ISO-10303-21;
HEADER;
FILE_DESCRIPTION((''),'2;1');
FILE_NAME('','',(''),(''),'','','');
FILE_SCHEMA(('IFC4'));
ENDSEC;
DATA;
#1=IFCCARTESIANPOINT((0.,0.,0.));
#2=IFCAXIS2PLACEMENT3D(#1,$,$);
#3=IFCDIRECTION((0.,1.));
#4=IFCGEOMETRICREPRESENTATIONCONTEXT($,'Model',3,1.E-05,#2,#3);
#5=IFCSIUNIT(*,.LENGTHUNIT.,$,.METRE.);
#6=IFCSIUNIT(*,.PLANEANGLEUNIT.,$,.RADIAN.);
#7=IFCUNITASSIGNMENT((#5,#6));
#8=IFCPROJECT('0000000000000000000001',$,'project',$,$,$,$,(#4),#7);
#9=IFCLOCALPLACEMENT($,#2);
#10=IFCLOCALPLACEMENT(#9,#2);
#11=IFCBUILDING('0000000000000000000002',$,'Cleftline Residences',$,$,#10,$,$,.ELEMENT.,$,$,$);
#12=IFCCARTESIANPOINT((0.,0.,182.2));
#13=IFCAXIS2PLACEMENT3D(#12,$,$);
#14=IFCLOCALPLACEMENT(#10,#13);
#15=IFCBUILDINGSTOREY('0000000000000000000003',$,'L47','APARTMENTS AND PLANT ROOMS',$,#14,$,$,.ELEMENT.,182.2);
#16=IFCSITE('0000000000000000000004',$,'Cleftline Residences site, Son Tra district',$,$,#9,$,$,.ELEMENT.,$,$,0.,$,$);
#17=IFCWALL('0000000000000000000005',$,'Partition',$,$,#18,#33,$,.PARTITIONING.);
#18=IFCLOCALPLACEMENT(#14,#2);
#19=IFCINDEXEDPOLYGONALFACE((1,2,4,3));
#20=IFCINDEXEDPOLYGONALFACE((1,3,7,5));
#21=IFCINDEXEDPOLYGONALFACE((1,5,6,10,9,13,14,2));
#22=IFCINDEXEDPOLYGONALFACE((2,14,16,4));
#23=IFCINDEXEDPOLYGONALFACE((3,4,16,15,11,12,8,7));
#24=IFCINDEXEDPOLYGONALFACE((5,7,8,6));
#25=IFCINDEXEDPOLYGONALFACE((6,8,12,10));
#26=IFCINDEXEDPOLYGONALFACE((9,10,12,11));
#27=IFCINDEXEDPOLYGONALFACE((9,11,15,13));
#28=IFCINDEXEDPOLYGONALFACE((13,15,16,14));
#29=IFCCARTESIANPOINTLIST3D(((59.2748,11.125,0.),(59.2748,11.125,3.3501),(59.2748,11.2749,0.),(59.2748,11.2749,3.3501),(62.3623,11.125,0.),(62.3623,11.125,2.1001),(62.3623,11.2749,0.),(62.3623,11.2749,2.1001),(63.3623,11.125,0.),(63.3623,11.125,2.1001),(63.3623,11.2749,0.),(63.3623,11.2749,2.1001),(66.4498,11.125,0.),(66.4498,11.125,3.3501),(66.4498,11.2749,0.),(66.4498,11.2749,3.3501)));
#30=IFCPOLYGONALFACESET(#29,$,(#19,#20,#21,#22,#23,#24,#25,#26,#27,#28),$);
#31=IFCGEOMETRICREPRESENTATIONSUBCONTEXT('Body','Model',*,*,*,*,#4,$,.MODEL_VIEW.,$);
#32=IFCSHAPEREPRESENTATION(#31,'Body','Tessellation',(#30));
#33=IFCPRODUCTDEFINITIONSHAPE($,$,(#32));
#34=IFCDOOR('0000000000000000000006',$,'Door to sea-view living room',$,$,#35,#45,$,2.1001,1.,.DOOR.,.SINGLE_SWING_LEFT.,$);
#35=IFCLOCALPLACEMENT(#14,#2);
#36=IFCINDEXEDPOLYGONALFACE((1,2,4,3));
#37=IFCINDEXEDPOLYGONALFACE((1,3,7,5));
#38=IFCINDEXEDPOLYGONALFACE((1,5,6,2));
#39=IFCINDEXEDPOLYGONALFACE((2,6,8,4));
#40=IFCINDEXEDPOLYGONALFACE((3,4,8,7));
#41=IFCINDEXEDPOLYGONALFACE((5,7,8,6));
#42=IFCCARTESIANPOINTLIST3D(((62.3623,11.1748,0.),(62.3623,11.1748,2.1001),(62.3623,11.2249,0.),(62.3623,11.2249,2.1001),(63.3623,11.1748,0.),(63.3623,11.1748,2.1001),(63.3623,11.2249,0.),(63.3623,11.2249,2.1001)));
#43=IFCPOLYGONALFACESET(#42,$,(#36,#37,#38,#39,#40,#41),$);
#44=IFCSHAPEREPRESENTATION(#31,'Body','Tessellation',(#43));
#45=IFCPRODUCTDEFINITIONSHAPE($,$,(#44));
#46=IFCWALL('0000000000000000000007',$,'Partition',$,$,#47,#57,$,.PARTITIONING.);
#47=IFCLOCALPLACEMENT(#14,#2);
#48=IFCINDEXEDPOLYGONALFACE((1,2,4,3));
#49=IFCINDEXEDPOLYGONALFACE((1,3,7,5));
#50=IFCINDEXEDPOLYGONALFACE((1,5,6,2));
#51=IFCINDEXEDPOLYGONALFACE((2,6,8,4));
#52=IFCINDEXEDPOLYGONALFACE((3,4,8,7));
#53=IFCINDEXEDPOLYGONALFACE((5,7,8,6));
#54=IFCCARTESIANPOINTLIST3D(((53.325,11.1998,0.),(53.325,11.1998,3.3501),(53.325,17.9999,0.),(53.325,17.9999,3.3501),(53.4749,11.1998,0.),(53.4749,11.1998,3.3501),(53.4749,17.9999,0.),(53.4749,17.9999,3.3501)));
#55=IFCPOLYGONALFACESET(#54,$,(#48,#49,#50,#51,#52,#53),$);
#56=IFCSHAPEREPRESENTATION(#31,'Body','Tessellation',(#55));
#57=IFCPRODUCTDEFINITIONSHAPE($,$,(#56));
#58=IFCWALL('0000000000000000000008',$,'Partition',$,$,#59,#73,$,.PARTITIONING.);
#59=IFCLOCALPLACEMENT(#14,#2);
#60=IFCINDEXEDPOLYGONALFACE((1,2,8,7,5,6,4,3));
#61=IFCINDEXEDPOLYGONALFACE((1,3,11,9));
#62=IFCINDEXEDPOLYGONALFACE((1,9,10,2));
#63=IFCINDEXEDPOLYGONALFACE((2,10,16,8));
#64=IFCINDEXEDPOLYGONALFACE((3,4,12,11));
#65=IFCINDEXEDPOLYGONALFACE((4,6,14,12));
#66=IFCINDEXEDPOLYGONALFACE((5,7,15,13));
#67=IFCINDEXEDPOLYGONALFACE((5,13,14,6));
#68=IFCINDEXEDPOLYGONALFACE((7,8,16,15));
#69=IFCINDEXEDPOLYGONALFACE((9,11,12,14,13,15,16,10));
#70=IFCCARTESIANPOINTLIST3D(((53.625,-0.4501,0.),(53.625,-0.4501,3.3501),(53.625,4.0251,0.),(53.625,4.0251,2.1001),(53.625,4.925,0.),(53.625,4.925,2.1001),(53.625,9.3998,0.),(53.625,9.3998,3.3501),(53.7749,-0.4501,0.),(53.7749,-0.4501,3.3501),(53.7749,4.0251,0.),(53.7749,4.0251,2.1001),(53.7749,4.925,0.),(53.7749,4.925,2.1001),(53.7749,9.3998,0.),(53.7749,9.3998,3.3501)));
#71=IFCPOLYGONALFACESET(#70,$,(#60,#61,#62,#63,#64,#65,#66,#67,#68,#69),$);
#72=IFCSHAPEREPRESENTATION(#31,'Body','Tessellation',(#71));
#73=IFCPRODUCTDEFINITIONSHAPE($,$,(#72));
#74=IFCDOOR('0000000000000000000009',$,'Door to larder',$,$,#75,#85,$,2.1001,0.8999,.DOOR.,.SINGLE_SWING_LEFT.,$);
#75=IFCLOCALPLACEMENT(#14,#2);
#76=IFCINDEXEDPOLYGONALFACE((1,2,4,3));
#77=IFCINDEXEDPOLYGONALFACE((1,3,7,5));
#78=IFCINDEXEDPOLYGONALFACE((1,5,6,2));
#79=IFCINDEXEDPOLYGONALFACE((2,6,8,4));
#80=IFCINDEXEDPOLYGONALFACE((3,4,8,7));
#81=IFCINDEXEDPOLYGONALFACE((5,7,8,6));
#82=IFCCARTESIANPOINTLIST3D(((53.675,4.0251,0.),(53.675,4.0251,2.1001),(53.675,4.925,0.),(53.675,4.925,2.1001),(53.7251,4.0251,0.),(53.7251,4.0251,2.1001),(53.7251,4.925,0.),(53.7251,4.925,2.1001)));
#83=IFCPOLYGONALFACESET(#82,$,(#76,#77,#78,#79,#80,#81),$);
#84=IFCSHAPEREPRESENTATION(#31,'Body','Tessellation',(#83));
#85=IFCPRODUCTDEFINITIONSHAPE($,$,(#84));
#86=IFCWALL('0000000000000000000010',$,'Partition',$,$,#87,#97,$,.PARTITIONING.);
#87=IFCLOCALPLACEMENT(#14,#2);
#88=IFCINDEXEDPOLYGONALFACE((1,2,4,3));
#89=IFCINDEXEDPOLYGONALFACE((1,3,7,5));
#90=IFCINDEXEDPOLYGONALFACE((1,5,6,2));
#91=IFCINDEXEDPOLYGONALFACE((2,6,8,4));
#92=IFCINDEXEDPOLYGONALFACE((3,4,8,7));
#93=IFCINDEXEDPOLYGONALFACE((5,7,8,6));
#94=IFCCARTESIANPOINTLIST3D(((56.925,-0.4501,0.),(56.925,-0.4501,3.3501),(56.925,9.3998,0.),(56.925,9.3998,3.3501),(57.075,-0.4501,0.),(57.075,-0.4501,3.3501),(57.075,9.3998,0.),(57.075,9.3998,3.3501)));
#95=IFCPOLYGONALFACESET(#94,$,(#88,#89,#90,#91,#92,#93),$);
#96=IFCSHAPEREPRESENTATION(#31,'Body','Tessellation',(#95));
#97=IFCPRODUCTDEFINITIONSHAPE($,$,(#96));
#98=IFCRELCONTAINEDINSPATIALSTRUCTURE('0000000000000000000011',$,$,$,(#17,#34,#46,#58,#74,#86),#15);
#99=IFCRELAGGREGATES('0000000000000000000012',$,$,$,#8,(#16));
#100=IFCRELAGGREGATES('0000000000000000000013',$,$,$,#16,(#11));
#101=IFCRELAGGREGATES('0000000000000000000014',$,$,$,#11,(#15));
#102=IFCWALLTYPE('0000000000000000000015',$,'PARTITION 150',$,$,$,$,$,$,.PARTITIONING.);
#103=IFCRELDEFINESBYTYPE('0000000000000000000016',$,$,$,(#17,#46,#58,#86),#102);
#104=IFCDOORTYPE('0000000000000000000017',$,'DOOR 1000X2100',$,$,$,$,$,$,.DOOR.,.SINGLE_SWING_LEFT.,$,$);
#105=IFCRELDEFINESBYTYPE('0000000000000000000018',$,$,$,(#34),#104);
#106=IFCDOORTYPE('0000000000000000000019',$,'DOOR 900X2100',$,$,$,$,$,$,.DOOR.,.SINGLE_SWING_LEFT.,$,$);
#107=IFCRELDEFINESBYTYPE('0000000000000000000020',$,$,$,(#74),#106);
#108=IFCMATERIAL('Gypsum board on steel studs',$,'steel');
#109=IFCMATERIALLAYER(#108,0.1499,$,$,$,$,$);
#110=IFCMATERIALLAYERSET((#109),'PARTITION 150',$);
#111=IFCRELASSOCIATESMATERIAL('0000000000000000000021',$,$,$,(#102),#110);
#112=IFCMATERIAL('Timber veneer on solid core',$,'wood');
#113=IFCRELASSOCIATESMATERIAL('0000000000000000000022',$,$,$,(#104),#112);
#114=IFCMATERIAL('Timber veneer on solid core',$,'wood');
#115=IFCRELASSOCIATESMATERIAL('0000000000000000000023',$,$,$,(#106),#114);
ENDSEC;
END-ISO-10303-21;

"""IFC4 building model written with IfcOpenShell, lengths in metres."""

from ifc_helpers import new_model, si_unit, direction, frame, frame_2d, origin, place, context, subcontext, project, spatial, rectangle, extrude, material, layer, layer_set, type_object, element, fill, save


model = new_model("IFC4")

# Units and contexts
model_context = context("Model", 3, precision=1e-05, world=origin(), true_north=direction((0.0, 1.0)))
body_context = subcontext(model_context, "Body", "Model", "MODEL_VIEW")
ifc_project = project(units=[si_unit("LENGTHUNIT", "METRE"), si_unit("PLANEANGLEUNIT", "RADIAN")], contexts=[model_context])

# Site, building, storey
site_placement = place(None, origin())
site = spatial("IfcSite", under=ifc_project, at=site_placement, Name="Cleftline Residences site, Son Tra district", CompositionType="ELEMENT", RefElevation=0.0)
building_placement = place(site_placement, origin())
building = spatial("IfcBuilding", under=site, at=building_placement, Name="Cleftline Residences", CompositionType="ELEMENT")
storey_placement = place(building_placement, frame((0.0, 0.0, 182.2)))
storey = spatial("IfcBuildingStorey", under=building, at=storey_placement, Name="L47", Description="APARTMENTS AND PLANT ROOMS", CompositionType="ELEMENT", Elevation=182.2)

# Wall, opening, door
ifc_material_1 = material(Name="Gypsum board on steel studs", Category="steel")
ifc_layer_1 = layer(ifc_material_1, 0.1499)
ifc_layer_set_1 = layer_set([ifc_layer_1], Name="PARTITION 150")
wall_type_1 = type_object("IfcWallType", Name="PARTITION 150", PredefinedType="PARTITIONING", material=ifc_layer_set_1)
wall_1_placement = place(storey_placement, frame((59.2749, 11.2, 0.0), z_axis=(0.0, 0.0, 1.0), x_axis=(1.0, 0.0, 0.0)))
wall_1 = element("IfcWall", 1, at=wall_1_placement, inside=storey, type_object=wall_type_1, Name="Partition", PredefinedType="PARTITIONING", context=body_context, shape_type="SweptSolid", body=[
    extrude(rectangle(XDim=7.175, YDim=0.1499, at=frame_2d((3.5874, 0.0))), origin(), (0.0, 0.0, 1.0), 3.3501),
])
opening_1_placement = place(wall_1_placement, frame((3.0874, 0.0, 0.0)))
opening_1 = element("IfcOpeningElement", 2, at=opening_1_placement, cuts=wall_1, PredefinedType="OPENING", context=body_context, shape_type="SweptSolid", body=[
    extrude(rectangle(XDim=1.0, YDim=2.1001, at=frame_2d((0.5, 1.05))), frame((0.0, 0.085, 0.0), z_axis=(0.0, -1.0, 0.0), x_axis=(1.0, 0.0, 0.0)), (0.0, 0.0, 1.0), 0.1699),
])
ifc_material_2 = material(Name="Timber veneer on solid core", Category="wood")
door_type_1 = type_object("IfcDoorType", Name="DOOR 1000X2100", OperationType="SINGLE_SWING_LEFT", PredefinedType="DOOR", material=ifc_material_2)
door_1_placement = place(opening_1_placement, origin())
door_1 = element("IfcDoor", 3, at=door_1_placement, inside=storey, type_object=door_type_1, Name="Door to sea-view living room", OperationType="SINGLE_SWING_LEFT", OverallHeight=2.1001, OverallWidth=1.0, PredefinedType="DOOR", context=body_context, shape_type="SweptSolid", body=[
    extrude(rectangle(XDim=1.0, YDim=2.1001, at=frame_2d((0.5, 1.05))), frame((0.0, 0.0249, 0.0), z_axis=(0.0, -1.0, 0.0), x_axis=(1.0, 0.0, 0.0)), (0.0, 0.0, 1.0), 0.05),
])
fill(opening_1, door_1)

# Wall
wall_2_placement = place(storey_placement, frame((53.3999, 11.2, 0.0), z_axis=(0.0, 0.0, 1.0), x_axis=(0.0, 1.0, 0.0)))
element("IfcWall", 4, at=wall_2_placement, inside=storey, type_object=wall_type_1, Name="Partition", PredefinedType="PARTITIONING", context=body_context, shape_type="SweptSolid", body=[
    extrude(rectangle(XDim=6.8, YDim=0.1499, at=frame_2d((3.3999, 0.0))), origin(), (0.0, 0.0, 1.0), 3.3501),
])

# Wall, opening, door
wall_3_placement = place(storey_placement, frame((53.7, -0.45, 0.0), z_axis=(0.0, 0.0, 1.0), x_axis=(0.0, 1.0, 0.0)))
wall_3 = element("IfcWall", 5, at=wall_3_placement, inside=storey, type_object=wall_type_1, Name="Partition", PredefinedType="PARTITIONING", context=body_context, shape_type="SweptSolid", body=[
    extrude(rectangle(XDim=9.8499, YDim=0.1499, at=frame_2d((4.9248, 0.0))), origin(), (0.0, 0.0, 1.0), 3.3501),
])
opening_2_placement = place(wall_3_placement, frame((4.4751, 0.0, 0.0)))
opening_2 = element("IfcOpeningElement", 6, at=opening_2_placement, cuts=wall_3, PredefinedType="OPENING", context=body_context, shape_type="SweptSolid", body=[
    extrude(rectangle(XDim=0.8999, YDim=2.1001, at=frame_2d((0.45, 1.05))), frame((0.0, 0.085, 0.0), z_axis=(0.0, -1.0, 0.0), x_axis=(1.0, 0.0, 0.0)), (0.0, 0.0, 1.0), 0.1699),
])
ifc_material_3 = material(Name="Timber veneer on solid core", Category="wood")
door_type_2 = type_object("IfcDoorType", Name="DOOR 900X2100", OperationType="SINGLE_SWING_LEFT", PredefinedType="DOOR", material=ifc_material_3)
door_2_placement = place(opening_2_placement, origin())
door_2 = element("IfcDoor", 7, at=door_2_placement, inside=storey, type_object=door_type_2, Name="Door to larder", OperationType="SINGLE_SWING_LEFT", OverallHeight=2.1001, OverallWidth=0.8999, PredefinedType="DOOR", context=body_context, shape_type="SweptSolid", body=[
    extrude(rectangle(XDim=0.8999, YDim=2.1001, at=frame_2d((0.45, 1.05))), frame((0.0, 0.0249, 0.0), z_axis=(0.0, -1.0, 0.0), x_axis=(1.0, 0.0, 0.0)), (0.0, 0.0, 1.0), 0.05),
])
fill(opening_2, door_2)

# Wall
wall_4_placement = place(storey_placement, frame((57.0, -0.45, 0.0), z_axis=(0.0, 0.0, 1.0), x_axis=(0.0, 1.0, 0.0)))
element("IfcWall", 8, at=wall_4_placement, inside=storey, type_object=wall_type_1, Name="Partition", PredefinedType="PARTITIONING", context=body_context, shape_type="SweptSolid", body=[
    extrude(rectangle(XDim=9.8499, YDim=0.1499, at=frame_2d((4.9248, 0.0))), origin(), (0.0, 0.0, 1.0), 3.3501),
])

save(model, "model.ifc")
